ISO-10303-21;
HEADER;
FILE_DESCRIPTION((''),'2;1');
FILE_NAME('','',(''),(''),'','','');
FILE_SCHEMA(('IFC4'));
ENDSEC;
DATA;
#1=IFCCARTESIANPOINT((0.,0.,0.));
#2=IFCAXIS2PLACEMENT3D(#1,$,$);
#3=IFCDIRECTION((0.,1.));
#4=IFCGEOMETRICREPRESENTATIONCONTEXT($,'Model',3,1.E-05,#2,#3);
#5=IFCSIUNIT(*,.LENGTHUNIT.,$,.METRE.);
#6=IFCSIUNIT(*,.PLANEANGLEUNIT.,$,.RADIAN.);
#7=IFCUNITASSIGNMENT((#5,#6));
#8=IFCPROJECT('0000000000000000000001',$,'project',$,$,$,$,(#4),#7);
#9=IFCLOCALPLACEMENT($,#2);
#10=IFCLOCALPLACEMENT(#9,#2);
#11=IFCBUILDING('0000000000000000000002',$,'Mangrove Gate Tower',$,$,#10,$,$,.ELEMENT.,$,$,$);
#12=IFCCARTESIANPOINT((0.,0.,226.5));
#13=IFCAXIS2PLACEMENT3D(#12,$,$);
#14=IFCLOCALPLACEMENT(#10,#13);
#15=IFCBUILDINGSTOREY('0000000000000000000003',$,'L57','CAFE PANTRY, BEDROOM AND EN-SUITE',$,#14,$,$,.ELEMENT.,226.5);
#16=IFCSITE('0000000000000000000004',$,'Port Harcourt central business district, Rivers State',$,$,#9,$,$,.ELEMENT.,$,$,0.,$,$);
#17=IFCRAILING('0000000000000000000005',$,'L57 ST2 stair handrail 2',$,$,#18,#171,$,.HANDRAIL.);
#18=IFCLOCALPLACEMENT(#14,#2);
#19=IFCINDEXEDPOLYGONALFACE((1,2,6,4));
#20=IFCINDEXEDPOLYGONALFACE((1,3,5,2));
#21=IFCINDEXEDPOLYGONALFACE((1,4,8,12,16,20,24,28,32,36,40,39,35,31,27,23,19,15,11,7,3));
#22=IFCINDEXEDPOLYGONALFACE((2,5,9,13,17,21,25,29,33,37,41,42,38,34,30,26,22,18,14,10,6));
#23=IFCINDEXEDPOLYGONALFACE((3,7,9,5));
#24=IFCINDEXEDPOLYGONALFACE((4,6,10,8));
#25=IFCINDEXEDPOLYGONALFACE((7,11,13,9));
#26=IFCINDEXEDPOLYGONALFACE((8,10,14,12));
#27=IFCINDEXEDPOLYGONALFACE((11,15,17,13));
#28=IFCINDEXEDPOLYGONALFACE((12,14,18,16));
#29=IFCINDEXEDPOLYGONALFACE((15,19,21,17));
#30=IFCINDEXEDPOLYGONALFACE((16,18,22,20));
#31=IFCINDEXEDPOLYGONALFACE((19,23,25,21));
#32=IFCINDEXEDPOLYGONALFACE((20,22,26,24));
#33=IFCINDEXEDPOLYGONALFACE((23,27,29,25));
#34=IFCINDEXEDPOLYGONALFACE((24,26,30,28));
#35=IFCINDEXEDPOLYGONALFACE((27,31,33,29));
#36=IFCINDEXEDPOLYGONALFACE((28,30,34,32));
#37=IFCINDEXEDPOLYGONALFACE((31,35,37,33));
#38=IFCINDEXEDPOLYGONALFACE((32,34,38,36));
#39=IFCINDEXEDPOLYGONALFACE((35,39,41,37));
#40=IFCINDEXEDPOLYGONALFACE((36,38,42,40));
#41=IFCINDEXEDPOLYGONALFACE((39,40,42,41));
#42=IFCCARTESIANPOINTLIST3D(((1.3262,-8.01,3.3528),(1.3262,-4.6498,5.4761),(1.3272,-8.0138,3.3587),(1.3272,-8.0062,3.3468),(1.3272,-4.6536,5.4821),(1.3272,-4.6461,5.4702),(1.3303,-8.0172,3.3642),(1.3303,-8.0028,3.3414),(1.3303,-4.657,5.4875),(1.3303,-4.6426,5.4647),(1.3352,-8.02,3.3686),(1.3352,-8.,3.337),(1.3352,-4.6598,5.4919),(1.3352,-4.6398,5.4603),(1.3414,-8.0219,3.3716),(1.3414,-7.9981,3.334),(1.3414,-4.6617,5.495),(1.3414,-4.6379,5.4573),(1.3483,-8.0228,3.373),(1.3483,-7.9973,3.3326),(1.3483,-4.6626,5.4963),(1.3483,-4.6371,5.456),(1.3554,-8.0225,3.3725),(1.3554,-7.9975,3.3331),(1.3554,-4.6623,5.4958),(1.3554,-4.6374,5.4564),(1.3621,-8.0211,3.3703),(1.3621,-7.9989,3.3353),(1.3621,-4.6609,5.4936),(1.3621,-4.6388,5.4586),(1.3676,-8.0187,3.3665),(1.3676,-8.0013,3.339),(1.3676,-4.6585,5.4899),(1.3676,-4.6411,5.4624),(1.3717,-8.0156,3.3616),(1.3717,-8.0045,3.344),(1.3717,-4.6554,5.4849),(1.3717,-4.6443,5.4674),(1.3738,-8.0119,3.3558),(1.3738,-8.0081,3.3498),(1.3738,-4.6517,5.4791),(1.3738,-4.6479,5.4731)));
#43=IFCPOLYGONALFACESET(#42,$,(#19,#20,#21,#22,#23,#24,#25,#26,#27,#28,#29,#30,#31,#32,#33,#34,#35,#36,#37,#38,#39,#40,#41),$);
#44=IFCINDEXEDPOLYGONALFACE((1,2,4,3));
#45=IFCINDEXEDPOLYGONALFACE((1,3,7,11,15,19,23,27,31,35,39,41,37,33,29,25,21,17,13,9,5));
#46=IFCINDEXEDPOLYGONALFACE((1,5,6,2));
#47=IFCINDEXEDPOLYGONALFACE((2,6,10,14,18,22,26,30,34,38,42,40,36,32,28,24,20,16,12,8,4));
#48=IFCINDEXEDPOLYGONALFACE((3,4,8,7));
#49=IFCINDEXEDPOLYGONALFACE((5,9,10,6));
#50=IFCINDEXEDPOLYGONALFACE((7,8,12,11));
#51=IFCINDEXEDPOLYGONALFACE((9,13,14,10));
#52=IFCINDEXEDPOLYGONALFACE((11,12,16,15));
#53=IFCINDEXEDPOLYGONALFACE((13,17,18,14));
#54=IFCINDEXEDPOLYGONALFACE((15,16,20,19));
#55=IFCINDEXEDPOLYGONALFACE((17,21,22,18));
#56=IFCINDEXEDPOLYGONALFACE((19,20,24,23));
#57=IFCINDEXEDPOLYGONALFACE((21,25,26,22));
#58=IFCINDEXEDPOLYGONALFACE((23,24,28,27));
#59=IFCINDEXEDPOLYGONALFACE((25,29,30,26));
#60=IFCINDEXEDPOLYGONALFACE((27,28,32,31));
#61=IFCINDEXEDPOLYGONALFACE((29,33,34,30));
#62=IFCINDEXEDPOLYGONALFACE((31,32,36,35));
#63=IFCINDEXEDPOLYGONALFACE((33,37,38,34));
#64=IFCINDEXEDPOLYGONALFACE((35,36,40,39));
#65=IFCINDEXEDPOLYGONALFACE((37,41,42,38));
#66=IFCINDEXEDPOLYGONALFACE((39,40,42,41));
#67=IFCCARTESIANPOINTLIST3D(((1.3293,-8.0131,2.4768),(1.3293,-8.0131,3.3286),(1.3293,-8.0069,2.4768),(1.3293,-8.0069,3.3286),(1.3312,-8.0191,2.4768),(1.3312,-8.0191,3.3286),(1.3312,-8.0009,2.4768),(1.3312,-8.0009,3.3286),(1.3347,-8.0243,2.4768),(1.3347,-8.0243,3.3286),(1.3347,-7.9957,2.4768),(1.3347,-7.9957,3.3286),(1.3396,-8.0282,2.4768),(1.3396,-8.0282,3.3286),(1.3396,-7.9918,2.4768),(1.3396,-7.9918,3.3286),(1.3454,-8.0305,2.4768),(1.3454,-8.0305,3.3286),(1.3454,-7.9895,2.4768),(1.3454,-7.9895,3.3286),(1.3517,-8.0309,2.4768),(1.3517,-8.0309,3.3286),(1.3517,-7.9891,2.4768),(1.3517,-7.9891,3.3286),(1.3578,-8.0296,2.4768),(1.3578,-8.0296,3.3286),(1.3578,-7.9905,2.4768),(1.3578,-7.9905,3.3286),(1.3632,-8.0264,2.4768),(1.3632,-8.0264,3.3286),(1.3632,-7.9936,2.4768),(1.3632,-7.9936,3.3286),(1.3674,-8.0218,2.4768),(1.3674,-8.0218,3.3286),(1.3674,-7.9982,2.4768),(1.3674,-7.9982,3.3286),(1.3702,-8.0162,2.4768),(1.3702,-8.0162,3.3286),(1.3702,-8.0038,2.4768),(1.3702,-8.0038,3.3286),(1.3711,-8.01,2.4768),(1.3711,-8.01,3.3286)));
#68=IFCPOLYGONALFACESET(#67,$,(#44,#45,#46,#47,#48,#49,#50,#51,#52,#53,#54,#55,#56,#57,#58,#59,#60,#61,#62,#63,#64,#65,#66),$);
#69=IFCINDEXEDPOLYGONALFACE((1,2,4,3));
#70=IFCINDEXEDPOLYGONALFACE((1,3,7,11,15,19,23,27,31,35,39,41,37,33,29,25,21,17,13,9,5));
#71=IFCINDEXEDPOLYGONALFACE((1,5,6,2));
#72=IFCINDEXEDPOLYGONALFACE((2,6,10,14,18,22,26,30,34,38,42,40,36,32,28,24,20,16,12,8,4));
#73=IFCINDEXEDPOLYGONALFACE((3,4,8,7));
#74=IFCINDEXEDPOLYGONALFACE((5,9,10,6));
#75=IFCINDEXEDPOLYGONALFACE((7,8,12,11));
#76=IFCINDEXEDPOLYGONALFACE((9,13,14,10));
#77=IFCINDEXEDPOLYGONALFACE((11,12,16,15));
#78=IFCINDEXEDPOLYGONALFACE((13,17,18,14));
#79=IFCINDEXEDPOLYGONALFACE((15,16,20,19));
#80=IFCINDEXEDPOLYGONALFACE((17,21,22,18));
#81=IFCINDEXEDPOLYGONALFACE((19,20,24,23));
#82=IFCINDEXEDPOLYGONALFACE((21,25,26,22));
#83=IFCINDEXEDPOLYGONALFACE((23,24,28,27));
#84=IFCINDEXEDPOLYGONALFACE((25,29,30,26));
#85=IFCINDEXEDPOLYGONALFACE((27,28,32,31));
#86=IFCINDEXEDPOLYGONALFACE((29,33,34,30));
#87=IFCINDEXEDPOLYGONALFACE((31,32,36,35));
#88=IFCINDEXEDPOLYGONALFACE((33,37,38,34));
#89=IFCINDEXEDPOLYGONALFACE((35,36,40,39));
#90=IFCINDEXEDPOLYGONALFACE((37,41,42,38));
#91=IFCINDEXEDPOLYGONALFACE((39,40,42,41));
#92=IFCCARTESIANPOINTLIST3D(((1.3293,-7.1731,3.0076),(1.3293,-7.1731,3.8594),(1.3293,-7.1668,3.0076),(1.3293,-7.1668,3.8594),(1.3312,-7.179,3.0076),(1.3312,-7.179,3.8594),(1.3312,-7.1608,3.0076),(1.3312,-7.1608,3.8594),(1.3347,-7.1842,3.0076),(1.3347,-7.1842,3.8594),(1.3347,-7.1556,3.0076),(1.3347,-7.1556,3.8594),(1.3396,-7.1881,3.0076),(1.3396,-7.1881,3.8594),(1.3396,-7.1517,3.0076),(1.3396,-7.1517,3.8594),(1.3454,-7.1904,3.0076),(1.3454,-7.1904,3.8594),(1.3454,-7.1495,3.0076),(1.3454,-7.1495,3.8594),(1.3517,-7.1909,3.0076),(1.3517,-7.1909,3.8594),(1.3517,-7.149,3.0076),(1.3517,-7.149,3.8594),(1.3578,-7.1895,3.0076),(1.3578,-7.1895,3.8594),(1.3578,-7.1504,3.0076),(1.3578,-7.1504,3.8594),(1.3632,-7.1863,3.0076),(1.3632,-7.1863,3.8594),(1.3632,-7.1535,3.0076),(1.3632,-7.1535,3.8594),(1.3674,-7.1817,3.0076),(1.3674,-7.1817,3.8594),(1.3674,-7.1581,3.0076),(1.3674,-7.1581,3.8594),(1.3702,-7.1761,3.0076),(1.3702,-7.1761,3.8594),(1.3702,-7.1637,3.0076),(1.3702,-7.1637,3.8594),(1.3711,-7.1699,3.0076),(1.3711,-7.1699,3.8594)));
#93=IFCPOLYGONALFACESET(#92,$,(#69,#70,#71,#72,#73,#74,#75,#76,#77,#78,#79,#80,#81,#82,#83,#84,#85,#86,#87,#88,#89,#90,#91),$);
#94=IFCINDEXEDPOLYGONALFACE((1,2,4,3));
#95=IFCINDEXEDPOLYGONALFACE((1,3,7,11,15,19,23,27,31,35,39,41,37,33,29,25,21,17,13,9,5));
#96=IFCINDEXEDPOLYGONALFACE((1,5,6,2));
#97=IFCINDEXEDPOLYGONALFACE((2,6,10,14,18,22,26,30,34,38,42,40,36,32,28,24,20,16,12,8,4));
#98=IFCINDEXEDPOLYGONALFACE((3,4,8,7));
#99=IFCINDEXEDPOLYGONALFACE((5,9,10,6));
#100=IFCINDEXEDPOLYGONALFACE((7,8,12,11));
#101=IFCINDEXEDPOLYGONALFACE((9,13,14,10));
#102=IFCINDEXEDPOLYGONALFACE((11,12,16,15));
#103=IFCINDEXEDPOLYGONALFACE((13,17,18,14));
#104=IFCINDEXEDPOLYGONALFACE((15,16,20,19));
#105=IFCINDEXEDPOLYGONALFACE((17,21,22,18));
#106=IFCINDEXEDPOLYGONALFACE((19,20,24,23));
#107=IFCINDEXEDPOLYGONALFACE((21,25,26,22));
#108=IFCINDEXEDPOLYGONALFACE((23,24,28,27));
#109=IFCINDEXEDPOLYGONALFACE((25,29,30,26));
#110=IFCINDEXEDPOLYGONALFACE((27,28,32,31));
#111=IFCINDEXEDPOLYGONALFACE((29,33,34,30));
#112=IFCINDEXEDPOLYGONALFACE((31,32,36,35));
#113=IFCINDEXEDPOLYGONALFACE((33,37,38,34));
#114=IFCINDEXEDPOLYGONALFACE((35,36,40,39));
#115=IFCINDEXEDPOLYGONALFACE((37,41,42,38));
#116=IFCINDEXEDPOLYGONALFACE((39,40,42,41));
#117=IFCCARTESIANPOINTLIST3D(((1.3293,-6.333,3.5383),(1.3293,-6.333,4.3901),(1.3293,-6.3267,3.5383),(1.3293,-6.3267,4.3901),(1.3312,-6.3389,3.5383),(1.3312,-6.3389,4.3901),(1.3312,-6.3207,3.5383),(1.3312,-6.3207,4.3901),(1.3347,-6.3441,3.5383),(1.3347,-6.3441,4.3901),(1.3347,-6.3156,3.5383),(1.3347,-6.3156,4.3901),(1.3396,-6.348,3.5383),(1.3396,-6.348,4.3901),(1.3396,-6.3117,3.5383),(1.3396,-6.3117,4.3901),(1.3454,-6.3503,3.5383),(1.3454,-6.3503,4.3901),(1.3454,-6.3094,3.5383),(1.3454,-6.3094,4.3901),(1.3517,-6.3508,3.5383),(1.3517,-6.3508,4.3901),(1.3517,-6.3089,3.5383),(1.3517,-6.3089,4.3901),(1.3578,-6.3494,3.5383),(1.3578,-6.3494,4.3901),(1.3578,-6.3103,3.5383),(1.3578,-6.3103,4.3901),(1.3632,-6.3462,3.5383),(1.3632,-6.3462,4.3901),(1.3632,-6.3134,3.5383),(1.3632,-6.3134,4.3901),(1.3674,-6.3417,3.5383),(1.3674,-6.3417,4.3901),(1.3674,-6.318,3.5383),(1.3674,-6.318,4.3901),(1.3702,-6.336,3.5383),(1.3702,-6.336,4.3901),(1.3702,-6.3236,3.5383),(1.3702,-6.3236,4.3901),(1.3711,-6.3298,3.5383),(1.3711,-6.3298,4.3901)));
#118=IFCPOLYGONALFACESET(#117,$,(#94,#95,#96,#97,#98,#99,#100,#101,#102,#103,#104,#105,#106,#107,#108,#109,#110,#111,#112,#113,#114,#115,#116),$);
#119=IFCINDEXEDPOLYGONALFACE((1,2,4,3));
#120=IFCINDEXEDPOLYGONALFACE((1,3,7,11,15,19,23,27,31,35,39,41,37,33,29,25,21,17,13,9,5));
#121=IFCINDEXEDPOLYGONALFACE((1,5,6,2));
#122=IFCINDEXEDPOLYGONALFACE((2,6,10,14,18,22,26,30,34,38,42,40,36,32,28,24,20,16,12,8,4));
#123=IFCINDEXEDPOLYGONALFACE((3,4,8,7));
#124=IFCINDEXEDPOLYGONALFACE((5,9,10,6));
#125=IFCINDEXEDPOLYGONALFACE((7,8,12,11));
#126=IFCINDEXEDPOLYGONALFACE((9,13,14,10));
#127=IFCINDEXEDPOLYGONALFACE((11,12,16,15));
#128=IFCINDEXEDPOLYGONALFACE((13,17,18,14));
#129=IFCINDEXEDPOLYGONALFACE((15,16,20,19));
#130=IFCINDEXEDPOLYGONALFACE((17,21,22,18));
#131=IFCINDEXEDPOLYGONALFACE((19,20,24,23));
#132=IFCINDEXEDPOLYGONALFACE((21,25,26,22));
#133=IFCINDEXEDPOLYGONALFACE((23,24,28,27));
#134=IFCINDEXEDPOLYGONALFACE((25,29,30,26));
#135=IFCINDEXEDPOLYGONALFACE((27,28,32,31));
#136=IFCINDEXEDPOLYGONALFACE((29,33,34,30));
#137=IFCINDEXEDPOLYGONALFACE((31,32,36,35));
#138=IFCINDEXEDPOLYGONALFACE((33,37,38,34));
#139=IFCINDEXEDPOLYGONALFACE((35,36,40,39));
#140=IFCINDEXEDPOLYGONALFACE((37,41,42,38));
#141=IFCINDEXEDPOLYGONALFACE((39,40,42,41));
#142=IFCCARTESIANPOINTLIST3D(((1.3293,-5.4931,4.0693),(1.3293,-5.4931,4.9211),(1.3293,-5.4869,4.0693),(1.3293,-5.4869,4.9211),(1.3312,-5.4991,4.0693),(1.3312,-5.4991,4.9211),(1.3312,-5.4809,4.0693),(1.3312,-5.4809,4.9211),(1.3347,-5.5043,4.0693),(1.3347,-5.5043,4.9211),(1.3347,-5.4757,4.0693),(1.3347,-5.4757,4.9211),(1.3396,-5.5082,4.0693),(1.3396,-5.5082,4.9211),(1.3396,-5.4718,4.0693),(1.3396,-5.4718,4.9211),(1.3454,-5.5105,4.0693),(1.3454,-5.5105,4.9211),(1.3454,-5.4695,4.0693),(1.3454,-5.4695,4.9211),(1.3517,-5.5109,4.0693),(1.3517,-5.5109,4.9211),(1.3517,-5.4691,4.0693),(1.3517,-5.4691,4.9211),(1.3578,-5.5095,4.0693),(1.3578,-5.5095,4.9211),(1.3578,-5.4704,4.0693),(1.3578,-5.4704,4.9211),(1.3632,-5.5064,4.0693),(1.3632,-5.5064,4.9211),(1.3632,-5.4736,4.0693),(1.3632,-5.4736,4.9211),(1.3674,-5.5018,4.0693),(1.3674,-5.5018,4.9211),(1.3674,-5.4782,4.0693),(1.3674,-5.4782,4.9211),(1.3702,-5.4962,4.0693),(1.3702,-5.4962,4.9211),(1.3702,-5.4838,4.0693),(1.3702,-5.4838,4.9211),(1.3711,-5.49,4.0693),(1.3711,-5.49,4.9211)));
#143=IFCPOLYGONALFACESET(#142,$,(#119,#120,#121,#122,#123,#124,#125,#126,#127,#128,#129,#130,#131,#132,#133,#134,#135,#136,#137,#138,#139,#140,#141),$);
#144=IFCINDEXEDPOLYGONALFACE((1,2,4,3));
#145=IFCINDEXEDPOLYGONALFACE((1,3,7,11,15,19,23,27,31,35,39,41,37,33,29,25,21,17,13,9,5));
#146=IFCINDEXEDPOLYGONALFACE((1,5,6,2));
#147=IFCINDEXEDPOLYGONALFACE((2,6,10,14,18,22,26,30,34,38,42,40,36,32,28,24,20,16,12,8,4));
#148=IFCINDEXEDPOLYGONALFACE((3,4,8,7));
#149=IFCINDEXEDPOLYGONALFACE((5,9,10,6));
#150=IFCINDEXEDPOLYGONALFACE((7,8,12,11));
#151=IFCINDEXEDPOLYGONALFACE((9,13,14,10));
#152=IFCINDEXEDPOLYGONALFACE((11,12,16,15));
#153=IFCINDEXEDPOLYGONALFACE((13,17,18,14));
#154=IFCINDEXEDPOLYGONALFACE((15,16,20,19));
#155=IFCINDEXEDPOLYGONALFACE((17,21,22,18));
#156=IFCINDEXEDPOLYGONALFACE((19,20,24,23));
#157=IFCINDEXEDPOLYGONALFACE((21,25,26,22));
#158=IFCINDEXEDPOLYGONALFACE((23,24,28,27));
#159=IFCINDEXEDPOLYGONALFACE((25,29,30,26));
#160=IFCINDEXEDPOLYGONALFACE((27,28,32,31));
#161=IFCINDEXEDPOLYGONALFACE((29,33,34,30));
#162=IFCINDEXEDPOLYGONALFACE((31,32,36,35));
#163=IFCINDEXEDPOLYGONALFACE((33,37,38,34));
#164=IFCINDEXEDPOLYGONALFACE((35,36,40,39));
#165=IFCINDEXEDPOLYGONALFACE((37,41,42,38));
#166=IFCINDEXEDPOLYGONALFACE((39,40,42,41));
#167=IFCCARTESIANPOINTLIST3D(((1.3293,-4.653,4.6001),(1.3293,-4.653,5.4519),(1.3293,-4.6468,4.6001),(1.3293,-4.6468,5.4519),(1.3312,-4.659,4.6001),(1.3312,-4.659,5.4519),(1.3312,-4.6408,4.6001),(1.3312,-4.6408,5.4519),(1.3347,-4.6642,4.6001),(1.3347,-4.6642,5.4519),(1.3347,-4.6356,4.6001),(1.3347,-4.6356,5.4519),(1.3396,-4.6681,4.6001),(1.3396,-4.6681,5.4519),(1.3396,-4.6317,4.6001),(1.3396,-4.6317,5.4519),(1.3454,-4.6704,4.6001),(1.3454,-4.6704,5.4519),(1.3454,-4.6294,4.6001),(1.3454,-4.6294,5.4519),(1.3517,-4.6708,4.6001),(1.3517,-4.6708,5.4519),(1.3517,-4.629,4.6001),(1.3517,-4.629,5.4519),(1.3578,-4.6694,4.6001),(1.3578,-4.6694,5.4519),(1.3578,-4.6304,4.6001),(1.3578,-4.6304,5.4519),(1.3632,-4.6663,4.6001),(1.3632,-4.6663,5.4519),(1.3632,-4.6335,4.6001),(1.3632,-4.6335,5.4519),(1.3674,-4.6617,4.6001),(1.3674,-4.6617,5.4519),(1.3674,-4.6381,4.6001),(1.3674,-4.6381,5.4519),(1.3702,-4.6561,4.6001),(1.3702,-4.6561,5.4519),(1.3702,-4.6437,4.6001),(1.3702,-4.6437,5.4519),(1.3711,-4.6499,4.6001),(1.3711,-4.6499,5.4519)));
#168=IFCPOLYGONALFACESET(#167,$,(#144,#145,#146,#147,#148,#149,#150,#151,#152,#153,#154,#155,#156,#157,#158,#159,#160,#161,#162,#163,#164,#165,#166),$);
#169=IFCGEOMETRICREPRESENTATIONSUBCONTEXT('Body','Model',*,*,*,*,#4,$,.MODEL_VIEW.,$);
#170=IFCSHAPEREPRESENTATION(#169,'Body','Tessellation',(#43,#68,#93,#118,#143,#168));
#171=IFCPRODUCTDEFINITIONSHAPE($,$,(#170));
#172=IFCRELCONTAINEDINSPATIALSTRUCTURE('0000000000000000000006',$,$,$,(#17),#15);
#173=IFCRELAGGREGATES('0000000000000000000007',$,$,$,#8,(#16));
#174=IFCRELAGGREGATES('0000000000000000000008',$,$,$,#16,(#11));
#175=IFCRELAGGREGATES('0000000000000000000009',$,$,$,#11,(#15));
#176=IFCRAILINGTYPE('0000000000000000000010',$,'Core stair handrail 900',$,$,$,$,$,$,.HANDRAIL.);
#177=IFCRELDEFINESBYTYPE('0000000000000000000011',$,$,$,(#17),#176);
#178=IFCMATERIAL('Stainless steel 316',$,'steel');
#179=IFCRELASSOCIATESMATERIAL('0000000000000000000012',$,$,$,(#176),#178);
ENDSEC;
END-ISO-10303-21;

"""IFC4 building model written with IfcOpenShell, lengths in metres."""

from ifc_helpers import new_model, si_unit, direction, frame, origin, origin_2d, place, context, subcontext, project, spatial, circle, extrude, material, type_object, element, save


model = new_model("IFC4")

# Units and contexts
model_context = context("Model", 3, precision=1e-05, world=origin(), true_north=direction((0.0, 1.0)))
body_context = subcontext(model_context, "Body", "Model", "MODEL_VIEW")
ifc_project = project(units=[si_unit("LENGTHUNIT", "METRE"), si_unit("PLANEANGLEUNIT", "RADIAN")], contexts=[model_context])

# Site, building, storey
site_placement = place(None, origin())
site = spatial("IfcSite", under=ifc_project, at=site_placement, Name="Port Harcourt central business district, Rivers State", CompositionType="ELEMENT", RefElevation=0.0)
building_placement = place(site_placement, origin())
building = spatial("IfcBuilding", under=site, at=building_placement, Name="Mangrove Gate Tower", CompositionType="ELEMENT")
storey_placement = place(building_placement, frame((0.0, 0.0, 226.5)))
storey = spatial("IfcBuildingStorey", under=building, at=storey_placement, Name="L57", Description="CAFE PANTRY, BEDROOM AND EN-SUITE", CompositionType="ELEMENT", Elevation=226.5)

# Railing
ifc_material_1 = material(Name="Stainless steel 316", Category="steel")
railing_type_1 = type_object("IfcRailingType", Name="Core stair handrail 900", PredefinedType="HANDRAIL", material=ifc_material_1)
railing_1_placement = place(storey_placement, frame((1.3501, -8.01, 2.4768)))
element("IfcRailing", 1, at=railing_1_placement, inside=storey, type_object=railing_type_1, Name="L57 ST2 stair handrail 2", PredefinedType="HANDRAIL", context=body_context, shape_type="SweptSolid", body=[
    extrude(circle(Radius=0.0239, at=origin_2d()), frame((0.0, 0.0, 0.876), z_axis=(0.0, 0.845362, 0.534194), x_axis=(-1.0, 0.0, 0.0)), (0.0, 0.0, 1.0), 3.9749),
    extrude(circle(Radius=0.021, at=origin_2d()), origin(), (0.0, 0.0, 1.0), 0.8518),
    extrude(circle(Radius=0.021, at=origin_2d()), frame((0.0, 0.8401, 0.5308)), (0.0, 0.0, 1.0), 0.8518),
    extrude(circle(Radius=0.021, at=origin_2d()), frame((0.0, 1.6802, 1.0615)), (0.0, 0.0, 1.0), 0.8518),
    extrude(circle(Radius=0.021, at=origin_2d()), frame((0.0, 2.52, 1.5925)), (0.0, 0.0, 1.0), 0.8518),
    extrude(circle(Radius=0.021, at=origin_2d()), frame((0.0, 3.3601, 2.1233)), (0.0, 0.0, 1.0), 0.8518),
])

save(model, "model.ifc")
